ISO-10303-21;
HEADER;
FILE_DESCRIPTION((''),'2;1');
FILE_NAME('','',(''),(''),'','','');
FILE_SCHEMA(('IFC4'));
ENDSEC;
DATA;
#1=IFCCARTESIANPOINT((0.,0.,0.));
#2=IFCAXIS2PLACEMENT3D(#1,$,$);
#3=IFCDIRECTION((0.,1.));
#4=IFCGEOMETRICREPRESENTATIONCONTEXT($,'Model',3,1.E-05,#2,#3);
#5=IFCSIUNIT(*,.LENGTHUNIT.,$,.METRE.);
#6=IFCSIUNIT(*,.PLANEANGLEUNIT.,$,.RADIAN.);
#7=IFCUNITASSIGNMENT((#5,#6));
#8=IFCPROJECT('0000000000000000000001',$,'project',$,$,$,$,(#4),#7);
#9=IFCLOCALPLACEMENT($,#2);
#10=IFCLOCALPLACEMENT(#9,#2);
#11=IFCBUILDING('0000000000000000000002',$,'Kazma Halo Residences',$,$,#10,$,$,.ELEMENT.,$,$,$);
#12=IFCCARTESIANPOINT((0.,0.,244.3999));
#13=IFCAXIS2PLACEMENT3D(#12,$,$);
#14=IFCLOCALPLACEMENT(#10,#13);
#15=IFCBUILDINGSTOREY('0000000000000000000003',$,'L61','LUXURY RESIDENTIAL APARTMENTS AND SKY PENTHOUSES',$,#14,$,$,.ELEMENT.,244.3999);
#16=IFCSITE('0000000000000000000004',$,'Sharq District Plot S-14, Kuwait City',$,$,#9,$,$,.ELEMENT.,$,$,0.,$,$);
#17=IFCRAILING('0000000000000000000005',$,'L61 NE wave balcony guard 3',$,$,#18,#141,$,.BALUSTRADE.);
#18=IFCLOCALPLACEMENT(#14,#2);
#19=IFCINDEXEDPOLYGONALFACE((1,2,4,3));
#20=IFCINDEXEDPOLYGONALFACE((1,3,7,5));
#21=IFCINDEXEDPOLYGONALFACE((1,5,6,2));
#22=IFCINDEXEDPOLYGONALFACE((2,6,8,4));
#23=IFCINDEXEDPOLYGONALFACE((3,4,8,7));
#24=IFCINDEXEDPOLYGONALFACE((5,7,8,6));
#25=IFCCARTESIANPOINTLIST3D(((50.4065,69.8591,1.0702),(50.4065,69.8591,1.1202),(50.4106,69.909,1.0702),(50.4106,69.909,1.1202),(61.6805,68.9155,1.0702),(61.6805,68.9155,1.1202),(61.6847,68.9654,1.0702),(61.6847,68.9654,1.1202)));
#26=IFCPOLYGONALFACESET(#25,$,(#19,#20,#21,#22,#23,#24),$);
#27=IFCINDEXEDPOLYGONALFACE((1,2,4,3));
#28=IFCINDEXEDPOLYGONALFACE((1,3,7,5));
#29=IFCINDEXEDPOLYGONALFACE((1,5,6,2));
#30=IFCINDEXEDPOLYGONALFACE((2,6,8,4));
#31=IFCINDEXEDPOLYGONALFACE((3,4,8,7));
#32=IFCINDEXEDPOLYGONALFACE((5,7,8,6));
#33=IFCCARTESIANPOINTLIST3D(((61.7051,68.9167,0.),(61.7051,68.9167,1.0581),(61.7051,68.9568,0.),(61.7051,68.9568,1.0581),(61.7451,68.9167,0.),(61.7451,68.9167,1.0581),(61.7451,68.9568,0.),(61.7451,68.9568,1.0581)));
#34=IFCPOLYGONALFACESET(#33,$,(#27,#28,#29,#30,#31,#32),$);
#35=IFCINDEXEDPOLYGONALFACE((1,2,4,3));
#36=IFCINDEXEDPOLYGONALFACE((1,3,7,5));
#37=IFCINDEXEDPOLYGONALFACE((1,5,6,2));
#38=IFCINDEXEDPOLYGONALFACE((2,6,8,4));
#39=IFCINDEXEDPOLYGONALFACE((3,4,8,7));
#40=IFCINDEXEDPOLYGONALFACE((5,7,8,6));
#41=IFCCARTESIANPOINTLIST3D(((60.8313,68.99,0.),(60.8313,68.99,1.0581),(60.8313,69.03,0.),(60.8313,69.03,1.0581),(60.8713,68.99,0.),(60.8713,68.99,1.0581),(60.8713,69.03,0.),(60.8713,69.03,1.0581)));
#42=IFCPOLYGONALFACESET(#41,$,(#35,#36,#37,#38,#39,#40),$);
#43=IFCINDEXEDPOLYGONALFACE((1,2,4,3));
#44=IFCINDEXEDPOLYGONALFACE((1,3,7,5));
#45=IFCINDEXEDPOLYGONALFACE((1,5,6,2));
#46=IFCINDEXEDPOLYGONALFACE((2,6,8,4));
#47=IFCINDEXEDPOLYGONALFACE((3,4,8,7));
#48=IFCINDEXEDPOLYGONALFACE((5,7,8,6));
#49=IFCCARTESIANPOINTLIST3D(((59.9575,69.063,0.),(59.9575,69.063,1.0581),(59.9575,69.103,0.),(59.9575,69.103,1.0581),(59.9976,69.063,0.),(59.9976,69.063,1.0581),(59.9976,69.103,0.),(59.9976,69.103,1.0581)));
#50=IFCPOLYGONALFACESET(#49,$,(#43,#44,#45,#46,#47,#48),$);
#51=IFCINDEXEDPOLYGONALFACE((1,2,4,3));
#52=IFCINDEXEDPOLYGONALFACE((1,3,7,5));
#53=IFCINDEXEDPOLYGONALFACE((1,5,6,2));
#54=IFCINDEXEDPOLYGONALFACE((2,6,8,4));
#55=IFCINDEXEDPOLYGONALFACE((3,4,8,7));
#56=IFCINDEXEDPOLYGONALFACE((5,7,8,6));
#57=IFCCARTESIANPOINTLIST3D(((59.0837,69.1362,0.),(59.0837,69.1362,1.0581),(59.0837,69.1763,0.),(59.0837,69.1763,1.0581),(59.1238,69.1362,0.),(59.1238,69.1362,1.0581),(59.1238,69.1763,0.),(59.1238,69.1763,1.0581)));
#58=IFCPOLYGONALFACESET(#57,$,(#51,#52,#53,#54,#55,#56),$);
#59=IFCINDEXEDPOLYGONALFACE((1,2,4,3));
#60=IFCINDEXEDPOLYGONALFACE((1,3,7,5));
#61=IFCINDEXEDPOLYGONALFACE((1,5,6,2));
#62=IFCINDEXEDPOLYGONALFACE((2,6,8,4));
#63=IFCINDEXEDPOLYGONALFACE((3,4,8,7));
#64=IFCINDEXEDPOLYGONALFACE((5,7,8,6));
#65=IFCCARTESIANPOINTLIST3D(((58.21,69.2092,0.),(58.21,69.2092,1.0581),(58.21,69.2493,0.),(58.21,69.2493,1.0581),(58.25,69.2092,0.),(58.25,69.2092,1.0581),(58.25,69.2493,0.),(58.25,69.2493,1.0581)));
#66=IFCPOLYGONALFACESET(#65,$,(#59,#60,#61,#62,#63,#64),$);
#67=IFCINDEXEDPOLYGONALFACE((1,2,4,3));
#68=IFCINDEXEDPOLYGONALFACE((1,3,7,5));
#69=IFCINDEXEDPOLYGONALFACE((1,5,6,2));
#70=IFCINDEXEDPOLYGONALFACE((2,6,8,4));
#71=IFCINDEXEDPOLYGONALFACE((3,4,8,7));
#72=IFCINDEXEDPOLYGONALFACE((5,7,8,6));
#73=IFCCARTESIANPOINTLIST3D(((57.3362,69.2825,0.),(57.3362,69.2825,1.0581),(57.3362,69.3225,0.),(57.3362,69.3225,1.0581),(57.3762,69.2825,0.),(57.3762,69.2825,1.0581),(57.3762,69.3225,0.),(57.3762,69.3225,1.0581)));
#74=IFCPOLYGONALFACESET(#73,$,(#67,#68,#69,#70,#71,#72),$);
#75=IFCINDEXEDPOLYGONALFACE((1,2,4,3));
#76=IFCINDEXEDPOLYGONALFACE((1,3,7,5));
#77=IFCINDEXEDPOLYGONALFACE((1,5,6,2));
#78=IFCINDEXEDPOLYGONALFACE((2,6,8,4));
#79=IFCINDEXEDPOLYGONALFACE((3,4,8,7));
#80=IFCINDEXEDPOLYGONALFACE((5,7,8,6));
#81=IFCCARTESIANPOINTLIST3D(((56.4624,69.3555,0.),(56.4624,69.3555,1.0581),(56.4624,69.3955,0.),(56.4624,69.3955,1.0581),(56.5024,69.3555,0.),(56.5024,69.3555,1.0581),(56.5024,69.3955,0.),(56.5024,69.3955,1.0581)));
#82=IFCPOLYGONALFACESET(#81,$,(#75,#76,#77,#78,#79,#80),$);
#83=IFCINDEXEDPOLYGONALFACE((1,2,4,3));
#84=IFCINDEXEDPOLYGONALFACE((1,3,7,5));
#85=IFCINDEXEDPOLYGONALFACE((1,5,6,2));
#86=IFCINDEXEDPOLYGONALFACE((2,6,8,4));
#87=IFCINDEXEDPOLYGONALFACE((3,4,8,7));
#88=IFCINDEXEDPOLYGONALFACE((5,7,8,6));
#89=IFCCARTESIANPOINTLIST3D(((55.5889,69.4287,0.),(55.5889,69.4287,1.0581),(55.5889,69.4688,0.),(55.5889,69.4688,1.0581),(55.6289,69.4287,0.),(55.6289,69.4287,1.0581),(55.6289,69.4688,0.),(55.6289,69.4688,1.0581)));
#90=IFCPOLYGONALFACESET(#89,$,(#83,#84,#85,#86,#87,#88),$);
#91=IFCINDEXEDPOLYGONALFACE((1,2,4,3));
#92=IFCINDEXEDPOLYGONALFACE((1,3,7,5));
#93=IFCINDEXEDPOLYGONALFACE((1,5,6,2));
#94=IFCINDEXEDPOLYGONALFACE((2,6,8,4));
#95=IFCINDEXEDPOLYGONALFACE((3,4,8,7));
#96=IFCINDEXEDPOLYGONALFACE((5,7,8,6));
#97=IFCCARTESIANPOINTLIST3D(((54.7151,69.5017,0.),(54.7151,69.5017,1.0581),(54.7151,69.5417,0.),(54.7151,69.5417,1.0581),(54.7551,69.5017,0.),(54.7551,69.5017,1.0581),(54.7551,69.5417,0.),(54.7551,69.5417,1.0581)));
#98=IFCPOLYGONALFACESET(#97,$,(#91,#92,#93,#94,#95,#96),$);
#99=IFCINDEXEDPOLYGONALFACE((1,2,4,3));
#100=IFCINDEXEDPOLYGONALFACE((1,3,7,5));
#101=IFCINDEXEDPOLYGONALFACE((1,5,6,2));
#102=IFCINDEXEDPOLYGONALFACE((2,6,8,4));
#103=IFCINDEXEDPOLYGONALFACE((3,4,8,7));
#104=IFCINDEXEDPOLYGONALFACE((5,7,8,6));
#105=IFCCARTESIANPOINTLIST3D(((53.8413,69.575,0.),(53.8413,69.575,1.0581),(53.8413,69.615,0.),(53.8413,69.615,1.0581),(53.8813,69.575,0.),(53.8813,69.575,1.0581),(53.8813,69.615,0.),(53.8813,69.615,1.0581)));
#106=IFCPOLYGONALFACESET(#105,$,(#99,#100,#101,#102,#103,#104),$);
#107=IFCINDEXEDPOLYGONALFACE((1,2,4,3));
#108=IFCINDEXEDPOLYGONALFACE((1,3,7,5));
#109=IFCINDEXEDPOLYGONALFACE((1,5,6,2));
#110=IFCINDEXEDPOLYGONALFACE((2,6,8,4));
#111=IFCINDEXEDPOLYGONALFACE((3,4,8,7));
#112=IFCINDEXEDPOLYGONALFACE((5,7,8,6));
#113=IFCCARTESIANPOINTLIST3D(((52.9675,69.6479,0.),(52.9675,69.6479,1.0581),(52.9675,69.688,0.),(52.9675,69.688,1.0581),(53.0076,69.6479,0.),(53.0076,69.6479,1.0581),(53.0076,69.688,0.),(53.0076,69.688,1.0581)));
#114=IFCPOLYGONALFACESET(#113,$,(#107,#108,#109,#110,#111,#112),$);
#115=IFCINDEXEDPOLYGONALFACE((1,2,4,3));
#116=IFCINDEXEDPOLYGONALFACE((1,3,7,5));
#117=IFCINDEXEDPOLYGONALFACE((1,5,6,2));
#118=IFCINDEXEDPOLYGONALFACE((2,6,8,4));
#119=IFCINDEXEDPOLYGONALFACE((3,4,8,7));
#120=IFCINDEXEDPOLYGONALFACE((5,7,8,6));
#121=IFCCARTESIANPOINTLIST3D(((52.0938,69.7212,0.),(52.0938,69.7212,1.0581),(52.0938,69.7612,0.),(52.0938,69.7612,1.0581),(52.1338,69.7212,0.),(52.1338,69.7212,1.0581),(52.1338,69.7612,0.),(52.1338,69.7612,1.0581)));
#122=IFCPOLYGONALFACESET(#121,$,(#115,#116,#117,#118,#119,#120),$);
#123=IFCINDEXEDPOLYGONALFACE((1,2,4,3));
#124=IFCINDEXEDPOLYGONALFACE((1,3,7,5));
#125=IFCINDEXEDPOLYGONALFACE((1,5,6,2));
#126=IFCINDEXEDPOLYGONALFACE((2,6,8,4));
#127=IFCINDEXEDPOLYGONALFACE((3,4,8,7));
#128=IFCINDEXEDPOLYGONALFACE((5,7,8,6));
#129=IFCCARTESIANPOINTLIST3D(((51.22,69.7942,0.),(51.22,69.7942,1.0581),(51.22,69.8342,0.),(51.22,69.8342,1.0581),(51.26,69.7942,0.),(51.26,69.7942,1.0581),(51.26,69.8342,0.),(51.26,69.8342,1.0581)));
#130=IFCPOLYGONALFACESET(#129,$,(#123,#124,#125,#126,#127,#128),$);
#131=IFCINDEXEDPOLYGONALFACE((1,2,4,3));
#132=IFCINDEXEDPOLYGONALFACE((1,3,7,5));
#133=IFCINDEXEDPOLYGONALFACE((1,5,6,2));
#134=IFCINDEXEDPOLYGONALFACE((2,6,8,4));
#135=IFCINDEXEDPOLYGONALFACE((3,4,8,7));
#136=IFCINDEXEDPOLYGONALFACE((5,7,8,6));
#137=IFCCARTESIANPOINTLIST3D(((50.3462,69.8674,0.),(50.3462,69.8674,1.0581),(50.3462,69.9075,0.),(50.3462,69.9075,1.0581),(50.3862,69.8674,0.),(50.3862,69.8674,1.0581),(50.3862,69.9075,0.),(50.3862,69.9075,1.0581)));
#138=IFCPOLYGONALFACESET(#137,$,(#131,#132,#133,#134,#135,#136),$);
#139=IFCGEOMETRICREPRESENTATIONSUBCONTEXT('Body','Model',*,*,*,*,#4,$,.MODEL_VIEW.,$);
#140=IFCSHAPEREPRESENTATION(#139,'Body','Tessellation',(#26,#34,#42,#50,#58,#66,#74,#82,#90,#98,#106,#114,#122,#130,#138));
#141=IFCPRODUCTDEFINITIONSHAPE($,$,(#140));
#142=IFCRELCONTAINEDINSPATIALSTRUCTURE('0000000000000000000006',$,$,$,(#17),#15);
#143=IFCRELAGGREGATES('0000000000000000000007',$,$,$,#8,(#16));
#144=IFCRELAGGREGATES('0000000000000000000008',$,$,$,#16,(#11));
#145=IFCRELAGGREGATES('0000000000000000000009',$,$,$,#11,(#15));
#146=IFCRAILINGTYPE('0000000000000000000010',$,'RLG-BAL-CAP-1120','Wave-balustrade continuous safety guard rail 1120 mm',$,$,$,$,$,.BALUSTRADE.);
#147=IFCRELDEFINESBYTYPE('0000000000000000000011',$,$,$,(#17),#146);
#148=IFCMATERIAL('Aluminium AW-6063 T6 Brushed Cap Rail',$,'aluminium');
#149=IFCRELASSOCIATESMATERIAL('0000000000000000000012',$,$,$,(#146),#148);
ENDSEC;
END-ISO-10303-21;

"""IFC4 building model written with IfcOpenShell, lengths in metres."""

from ifc_helpers import new_model, si_unit, direction, frame, origin, origin_2d, place, context, subcontext, project, spatial, rectangle, extrude, material, type_object, element, save


model = new_model("IFC4")

# Units and contexts
model_context = context("Model", 3, precision=1e-05, world=origin(), true_north=direction((0.0, 1.0)))
body_context = subcontext(model_context, "Body", "Model", "MODEL_VIEW")
ifc_project = project(units=[si_unit("LENGTHUNIT", "METRE"), si_unit("PLANEANGLEUNIT", "RADIAN")], contexts=[model_context])

# Site, building, storey
site_placement = place(None, origin())
site = spatial("IfcSite", under=ifc_project, at=site_placement, Name="Sharq District Plot S-14, Kuwait City", CompositionType="ELEMENT", RefElevation=0.0)
building_placement = place(site_placement, origin())
building = spatial("IfcBuilding", under=site, at=building_placement, Name="Kazma Halo Residences", CompositionType="ELEMENT")
storey_placement = place(building_placement, frame((0.0, 0.0, 244.3999)))
storey = spatial("IfcBuildingStorey", under=building, at=storey_placement, Name="L61", Description="LUXURY RESIDENTIAL APARTMENTS AND SKY PENTHOUSES", CompositionType="ELEMENT", Elevation=244.3999)

# Railing
ifc_material_1 = material(Name="Aluminium AW-6063 T6 Brushed Cap Rail", Category="aluminium")
railing_type = type_object("IfcRailingType", Name="RLG-BAL-CAP-1120", Description="Wave-balustrade continuous safety guard rail 1120 mm", PredefinedType="BALUSTRADE", material=ifc_material_1)
railing_1_placement = place(storey_placement, frame((61.7251, 68.9368, 0.0)))
element("IfcRailing", 1, at=railing_1_placement, inside=storey, type_object=railing_type, Name="L61 NE wave balcony guard 3", PredefinedType="BALUSTRADE", context=body_context, shape_type="SweptSolid", body=[
    extrude(rectangle(XDim=0.05, YDim=0.05, at=origin_2d()), frame((-0.0425, 0.0037, 1.0952), z_axis=(-0.996516, 0.083404, 0.0), x_axis=(-0.083404, -0.996516, 0.0)), (0.0, 0.0, 1.0), 11.3135),
    extrude(rectangle(XDim=0.04, YDim=0.04, at=origin_2d()), origin(), (0.0, 0.0, 1.0), 1.0581),
    extrude(rectangle(XDim=0.04, YDim=0.04, at=origin_2d()), frame((-0.8738, 0.0732, 0.0)), (0.0, 0.0, 1.0), 1.0581),
    extrude(rectangle(XDim=0.04, YDim=0.04, at=origin_2d()), frame((-1.7476, 0.1462, 0.0)), (0.0, 0.0, 1.0), 1.0581),
    extrude(rectangle(XDim=0.04, YDim=0.04, at=origin_2d()), frame((-2.6213, 0.2195, 0.0)), (0.0, 0.0, 1.0), 1.0581),
    extrude(rectangle(XDim=0.04, YDim=0.04, at=origin_2d()), frame((-3.4951, 0.2925, 0.0)), (0.0, 0.0, 1.0), 1.0581),
    extrude(rectangle(XDim=0.04, YDim=0.04, at=origin_2d()), frame((-4.3689, 0.3657, 0.0)), (0.0, 0.0, 1.0), 1.0581),
    extrude(rectangle(XDim=0.04, YDim=0.04, at=origin_2d()), frame((-5.2427, 0.4387, 0.0)), (0.0, 0.0, 1.0), 1.0581),
    extrude(rectangle(XDim=0.04, YDim=0.04, at=origin_2d()), frame((-6.1162, 0.512, 0.0)), (0.0, 0.0, 1.0), 1.0581),
    extrude(rectangle(XDim=0.04, YDim=0.04, at=origin_2d()), frame((-6.99, 0.585, 0.0)), (0.0, 0.0, 1.0), 1.0581),
    extrude(rectangle(XDim=0.04, YDim=0.04, at=origin_2d()), frame((-7.8638, 0.6582, 0.0)), (0.0, 0.0, 1.0), 1.0581),
    extrude(rectangle(XDim=0.04, YDim=0.04, at=origin_2d()), frame((-8.7375, 0.7312, 0.0)), (0.0, 0.0, 1.0), 1.0581),
    extrude(rectangle(XDim=0.04, YDim=0.04, at=origin_2d()), frame((-9.6113, 0.8044, 0.0)), (0.0, 0.0, 1.0), 1.0581),
    extrude(rectangle(XDim=0.04, YDim=0.04, at=origin_2d()), frame((-10.4851, 0.8774, 0.0)), (0.0, 0.0, 1.0), 1.0581),
    extrude(rectangle(XDim=0.04, YDim=0.04, at=origin_2d()), frame((-11.3589, 0.9507, 0.0)), (0.0, 0.0, 1.0), 1.0581),
])

save(model, "model.ifc")
